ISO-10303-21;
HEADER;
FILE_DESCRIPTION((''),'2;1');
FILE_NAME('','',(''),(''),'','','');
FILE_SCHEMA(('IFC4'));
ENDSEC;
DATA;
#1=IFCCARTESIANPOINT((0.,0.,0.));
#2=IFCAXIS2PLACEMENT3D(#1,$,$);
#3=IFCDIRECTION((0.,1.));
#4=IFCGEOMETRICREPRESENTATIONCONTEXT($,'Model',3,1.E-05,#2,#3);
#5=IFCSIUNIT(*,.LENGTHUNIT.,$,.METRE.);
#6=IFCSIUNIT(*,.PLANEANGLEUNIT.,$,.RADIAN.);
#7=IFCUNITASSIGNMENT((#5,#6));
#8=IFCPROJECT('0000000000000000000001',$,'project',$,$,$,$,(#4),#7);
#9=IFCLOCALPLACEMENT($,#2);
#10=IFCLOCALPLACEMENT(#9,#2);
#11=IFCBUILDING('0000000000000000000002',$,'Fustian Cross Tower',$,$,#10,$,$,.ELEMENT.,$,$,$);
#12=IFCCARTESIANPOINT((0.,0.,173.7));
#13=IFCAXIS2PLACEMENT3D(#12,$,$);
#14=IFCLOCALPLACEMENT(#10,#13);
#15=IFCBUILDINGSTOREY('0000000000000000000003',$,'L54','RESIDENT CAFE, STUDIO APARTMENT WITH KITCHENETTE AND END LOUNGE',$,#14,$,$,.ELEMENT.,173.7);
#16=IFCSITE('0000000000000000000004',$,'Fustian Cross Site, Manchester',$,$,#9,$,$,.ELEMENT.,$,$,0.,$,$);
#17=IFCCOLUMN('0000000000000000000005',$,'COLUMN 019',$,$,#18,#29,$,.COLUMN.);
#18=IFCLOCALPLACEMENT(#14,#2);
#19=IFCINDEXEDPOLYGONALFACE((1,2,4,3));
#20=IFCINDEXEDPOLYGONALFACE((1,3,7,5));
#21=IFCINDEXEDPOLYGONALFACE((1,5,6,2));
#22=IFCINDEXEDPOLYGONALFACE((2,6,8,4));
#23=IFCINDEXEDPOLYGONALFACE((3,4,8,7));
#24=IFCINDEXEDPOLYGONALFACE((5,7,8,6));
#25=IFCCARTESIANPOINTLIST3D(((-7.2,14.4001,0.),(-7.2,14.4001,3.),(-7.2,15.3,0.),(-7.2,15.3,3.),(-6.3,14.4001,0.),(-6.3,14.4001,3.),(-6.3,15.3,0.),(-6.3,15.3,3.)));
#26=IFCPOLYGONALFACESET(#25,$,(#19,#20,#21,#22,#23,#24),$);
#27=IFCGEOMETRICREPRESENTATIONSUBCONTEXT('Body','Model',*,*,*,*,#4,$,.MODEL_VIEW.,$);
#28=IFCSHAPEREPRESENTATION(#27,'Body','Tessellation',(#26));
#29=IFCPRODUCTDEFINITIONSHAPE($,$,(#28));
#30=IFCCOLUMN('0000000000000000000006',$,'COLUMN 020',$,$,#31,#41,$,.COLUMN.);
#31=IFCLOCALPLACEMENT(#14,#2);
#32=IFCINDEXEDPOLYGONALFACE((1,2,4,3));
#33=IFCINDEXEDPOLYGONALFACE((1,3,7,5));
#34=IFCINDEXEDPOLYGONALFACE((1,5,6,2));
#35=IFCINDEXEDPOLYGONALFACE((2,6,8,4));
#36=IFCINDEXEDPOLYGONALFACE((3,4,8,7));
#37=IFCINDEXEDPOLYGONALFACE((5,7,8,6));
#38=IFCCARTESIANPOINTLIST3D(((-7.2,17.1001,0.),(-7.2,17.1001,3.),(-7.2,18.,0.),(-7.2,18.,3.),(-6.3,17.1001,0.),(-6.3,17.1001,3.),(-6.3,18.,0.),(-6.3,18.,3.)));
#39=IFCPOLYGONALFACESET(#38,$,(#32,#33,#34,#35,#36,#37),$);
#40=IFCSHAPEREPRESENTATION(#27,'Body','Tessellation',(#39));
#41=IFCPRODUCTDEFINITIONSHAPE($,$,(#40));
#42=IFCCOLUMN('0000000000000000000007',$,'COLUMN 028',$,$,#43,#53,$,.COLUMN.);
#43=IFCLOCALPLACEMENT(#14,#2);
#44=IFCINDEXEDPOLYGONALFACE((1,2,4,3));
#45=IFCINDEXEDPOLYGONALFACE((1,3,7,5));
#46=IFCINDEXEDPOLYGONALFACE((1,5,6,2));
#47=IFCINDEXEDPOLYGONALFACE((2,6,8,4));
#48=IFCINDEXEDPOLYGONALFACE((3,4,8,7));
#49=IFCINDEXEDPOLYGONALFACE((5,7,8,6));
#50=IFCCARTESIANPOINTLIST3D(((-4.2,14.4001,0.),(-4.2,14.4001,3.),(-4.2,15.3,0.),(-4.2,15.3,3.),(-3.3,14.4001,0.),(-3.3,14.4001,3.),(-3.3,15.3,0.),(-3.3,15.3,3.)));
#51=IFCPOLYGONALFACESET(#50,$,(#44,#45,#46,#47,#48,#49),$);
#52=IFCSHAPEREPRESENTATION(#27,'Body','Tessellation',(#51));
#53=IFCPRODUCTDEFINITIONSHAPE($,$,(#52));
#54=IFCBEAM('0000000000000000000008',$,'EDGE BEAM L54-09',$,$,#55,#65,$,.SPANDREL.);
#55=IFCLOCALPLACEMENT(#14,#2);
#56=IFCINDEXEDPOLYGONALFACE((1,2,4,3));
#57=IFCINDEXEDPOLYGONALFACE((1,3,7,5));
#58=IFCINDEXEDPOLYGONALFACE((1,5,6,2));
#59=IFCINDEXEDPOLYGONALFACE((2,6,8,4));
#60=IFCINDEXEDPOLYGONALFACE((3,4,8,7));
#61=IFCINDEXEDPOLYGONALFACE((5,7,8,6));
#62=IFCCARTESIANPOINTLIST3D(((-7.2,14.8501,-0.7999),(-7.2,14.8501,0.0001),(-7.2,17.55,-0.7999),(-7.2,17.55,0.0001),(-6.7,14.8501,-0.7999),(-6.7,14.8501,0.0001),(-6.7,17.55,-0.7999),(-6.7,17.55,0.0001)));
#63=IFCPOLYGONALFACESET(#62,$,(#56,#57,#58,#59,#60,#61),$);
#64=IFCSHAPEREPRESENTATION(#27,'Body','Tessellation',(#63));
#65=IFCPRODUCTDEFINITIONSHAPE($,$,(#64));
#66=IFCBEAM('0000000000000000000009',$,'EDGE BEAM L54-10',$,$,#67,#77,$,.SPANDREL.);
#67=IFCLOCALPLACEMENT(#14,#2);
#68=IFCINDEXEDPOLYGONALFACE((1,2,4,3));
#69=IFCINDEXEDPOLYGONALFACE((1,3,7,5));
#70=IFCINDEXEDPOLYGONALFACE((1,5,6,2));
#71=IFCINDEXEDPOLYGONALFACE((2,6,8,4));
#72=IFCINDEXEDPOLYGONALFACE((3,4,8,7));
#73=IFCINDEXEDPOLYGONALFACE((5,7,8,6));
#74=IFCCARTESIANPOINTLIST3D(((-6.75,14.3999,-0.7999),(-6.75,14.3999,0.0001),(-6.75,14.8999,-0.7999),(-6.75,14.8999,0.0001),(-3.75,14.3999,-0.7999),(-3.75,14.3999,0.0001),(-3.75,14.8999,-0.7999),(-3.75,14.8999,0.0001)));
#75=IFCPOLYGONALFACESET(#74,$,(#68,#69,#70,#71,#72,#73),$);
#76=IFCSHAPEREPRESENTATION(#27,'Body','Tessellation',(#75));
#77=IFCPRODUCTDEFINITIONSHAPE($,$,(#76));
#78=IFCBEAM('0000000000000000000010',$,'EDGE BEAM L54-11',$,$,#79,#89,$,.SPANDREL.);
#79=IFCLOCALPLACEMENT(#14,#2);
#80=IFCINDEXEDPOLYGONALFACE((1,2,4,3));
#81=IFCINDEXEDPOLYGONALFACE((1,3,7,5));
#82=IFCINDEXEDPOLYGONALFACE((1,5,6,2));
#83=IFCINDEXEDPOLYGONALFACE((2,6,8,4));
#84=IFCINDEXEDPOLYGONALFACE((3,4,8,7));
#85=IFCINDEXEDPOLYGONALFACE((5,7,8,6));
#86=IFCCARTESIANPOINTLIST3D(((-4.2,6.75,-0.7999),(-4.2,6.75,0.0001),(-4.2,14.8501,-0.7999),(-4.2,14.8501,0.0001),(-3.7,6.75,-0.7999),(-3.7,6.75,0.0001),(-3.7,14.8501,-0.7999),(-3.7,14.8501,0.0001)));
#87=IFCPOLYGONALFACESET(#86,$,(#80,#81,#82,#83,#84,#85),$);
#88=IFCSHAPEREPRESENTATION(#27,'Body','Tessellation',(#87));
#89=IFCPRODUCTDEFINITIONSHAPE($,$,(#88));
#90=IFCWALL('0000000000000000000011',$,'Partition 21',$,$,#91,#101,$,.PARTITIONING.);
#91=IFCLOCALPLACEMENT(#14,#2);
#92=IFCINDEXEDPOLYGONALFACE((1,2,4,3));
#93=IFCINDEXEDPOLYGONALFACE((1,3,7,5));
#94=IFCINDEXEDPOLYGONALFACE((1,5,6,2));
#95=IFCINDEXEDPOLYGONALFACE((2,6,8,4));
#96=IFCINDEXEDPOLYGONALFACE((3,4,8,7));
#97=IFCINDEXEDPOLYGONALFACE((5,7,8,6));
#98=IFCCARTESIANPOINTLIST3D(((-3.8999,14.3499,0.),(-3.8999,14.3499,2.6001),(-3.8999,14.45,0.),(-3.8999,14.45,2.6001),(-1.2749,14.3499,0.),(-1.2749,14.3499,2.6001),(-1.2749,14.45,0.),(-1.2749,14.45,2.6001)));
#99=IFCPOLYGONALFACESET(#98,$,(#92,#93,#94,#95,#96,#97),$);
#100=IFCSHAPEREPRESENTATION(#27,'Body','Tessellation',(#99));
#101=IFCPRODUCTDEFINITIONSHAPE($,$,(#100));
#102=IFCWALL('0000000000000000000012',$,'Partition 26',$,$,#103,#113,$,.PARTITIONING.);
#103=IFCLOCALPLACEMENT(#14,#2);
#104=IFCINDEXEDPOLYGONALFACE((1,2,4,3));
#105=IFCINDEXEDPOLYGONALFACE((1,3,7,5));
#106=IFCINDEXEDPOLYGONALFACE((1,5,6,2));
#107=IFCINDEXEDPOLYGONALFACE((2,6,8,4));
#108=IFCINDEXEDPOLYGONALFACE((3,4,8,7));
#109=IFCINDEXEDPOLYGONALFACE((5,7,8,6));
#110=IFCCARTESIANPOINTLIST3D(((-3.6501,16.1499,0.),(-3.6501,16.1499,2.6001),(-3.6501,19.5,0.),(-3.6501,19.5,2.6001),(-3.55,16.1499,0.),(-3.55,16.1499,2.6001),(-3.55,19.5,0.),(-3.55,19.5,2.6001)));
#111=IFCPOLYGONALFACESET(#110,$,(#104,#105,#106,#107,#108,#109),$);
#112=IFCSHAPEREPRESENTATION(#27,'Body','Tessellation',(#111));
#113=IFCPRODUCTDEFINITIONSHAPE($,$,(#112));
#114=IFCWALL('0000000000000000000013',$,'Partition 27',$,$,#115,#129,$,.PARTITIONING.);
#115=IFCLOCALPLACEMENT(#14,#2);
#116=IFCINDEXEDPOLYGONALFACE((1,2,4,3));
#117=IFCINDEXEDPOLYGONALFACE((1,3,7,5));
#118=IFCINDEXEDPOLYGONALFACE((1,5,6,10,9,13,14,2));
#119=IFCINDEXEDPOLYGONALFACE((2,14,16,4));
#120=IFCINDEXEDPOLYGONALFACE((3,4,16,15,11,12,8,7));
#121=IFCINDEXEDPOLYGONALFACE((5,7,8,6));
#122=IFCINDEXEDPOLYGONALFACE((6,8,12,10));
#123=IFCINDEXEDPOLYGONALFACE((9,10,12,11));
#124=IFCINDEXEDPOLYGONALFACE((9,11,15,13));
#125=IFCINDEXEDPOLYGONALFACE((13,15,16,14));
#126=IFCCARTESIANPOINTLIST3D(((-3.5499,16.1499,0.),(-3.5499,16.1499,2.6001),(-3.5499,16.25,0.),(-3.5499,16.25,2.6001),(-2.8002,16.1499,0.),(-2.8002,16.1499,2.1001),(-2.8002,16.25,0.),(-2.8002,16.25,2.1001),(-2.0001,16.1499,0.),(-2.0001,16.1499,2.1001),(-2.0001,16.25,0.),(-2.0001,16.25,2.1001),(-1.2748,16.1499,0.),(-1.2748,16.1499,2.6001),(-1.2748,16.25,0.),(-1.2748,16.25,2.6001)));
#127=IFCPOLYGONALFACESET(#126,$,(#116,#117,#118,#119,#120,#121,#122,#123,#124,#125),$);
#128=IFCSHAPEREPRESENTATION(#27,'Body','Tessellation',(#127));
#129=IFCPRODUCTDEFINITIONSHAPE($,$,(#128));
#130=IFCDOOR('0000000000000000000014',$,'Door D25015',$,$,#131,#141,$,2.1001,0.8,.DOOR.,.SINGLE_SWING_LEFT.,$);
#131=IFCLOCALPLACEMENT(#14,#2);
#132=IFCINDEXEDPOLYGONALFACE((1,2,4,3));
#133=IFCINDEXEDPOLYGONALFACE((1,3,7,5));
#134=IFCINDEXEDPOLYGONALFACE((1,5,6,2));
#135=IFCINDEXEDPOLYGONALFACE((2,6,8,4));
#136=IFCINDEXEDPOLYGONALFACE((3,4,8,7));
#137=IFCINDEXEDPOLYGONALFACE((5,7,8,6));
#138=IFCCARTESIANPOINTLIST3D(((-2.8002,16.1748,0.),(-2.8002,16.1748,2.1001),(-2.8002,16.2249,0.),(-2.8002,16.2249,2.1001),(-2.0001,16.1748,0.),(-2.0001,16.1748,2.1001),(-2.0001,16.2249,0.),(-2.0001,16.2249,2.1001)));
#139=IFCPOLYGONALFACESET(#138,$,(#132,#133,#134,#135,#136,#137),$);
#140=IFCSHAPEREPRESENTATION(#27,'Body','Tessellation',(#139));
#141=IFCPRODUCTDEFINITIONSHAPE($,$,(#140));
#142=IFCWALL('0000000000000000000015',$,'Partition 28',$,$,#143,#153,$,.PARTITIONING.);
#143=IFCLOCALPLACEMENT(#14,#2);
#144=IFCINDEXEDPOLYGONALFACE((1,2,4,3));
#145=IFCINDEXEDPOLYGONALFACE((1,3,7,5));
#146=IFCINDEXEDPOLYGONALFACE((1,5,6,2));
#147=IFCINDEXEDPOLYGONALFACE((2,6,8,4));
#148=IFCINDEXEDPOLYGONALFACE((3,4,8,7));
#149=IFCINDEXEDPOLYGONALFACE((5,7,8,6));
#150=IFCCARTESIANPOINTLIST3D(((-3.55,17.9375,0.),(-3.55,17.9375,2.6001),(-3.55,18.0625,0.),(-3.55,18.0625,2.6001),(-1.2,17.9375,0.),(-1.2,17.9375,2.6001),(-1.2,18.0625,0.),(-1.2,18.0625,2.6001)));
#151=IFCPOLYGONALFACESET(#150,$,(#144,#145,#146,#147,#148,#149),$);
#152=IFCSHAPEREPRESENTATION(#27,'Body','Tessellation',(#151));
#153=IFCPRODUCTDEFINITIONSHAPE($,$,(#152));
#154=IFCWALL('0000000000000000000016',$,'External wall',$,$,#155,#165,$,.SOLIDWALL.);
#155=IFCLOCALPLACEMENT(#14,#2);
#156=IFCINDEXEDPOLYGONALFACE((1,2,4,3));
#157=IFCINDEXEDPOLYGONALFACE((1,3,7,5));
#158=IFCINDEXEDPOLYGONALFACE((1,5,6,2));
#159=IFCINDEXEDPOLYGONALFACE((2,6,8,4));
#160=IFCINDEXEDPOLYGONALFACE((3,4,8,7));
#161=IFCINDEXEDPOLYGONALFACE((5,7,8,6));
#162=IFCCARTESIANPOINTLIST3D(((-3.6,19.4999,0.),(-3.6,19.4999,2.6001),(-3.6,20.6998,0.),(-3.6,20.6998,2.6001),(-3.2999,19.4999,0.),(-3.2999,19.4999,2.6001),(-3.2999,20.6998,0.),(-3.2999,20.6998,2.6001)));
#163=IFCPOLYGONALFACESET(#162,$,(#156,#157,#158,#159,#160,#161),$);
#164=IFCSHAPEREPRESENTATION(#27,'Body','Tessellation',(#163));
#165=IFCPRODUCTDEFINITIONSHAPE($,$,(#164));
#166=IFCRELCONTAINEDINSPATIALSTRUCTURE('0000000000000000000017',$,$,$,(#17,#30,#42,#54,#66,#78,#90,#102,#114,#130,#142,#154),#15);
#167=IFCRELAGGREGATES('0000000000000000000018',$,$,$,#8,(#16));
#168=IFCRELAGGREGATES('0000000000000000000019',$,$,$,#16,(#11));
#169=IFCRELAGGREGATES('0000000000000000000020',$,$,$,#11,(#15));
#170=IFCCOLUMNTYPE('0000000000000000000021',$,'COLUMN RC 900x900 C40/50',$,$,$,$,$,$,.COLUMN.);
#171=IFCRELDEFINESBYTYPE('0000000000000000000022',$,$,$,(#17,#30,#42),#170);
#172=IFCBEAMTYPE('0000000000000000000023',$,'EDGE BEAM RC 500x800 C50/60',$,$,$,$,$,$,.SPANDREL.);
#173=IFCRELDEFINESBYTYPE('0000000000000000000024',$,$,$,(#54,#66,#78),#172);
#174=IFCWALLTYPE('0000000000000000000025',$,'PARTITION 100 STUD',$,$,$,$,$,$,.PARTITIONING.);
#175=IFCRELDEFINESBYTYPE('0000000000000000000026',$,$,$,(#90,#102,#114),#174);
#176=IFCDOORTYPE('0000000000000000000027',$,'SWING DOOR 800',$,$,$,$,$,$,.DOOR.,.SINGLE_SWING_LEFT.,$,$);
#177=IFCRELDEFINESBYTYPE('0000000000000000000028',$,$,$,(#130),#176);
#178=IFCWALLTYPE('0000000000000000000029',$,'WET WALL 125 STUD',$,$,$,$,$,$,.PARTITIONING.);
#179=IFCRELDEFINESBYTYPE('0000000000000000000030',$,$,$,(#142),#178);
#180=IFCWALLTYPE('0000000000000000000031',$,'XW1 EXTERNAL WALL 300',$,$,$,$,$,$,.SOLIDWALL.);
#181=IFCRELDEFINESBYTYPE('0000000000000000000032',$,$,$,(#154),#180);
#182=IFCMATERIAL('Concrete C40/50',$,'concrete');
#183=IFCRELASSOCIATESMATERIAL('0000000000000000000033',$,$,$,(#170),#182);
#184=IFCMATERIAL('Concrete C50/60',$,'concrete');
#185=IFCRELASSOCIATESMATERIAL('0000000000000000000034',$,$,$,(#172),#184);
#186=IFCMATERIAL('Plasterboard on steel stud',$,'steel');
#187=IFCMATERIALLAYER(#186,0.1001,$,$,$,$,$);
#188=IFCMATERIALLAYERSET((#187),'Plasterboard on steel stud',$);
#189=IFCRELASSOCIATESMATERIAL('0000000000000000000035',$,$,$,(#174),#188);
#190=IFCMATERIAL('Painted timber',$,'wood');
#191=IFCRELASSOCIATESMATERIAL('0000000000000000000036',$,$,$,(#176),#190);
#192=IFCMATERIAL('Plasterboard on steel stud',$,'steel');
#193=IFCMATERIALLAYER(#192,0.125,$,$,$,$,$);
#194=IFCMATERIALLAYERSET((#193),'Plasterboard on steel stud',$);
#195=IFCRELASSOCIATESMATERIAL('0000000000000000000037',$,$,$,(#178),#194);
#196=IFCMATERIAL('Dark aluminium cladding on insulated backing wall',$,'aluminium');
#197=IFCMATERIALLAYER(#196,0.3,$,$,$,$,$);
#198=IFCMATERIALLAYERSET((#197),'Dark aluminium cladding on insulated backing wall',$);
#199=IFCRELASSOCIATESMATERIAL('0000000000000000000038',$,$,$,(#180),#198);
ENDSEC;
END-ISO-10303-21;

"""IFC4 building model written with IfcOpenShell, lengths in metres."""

from ifc_helpers import new_model, si_unit, direction, frame, frame_2d, origin, origin_2d, place, context, subcontext, project, spatial, rectangle, extrude, material, layer, layer_set, material_profile, profile_set, type_object, element, fill, save


model = new_model("IFC4")

# Units and contexts
model_context = context("Model", 3, precision=1e-05, world=origin(), true_north=direction((0.0, 1.0)))
body_context = subcontext(model_context, "Body", "Model", "MODEL_VIEW")
ifc_project = project(units=[si_unit("LENGTHUNIT", "METRE"), si_unit("PLANEANGLEUNIT", "RADIAN")], contexts=[model_context])

# Site, building, storey
site_placement = place(None, origin())
site = spatial("IfcSite", under=ifc_project, at=site_placement, Name="Fustian Cross Site, Manchester", CompositionType="ELEMENT", RefElevation=0.0)
building_placement = place(site_placement, origin())
building = spatial("IfcBuilding", under=site, at=building_placement, Name="Fustian Cross Tower", CompositionType="ELEMENT")
storey_placement = place(building_placement, frame((0.0, 0.0, 173.7)))
storey = spatial("IfcBuildingStorey", under=building, at=storey_placement, Name="L54", Description="RESIDENT CAFE, STUDIO APARTMENT WITH KITCHENETTE AND END LOUNGE", CompositionType="ELEMENT", Elevation=173.7)

# Columns
ifc_material_1 = material(Name="Concrete C40/50", Category="concrete")
ifc_material_profile_1 = material_profile(ifc_material_1, rectangle(XDim=0.8999, YDim=0.8999, at=origin_2d()), Name="RC 900x900")
ifc_profile_set_1 = profile_set([ifc_material_profile_1], Name="Concrete C40/50")
column_type = type_object("IfcColumnType", Name="COLUMN RC 900x900 C40/50", PredefinedType="COLUMN", material=ifc_profile_set_1)
for number, where, z_axis, x_axis, name in (
    (1, (-6.75, 14.8501, 0.0), (0.0, 0.0, 1.0), (1.0, 0.0, 0.0), "COLUMN 019"),
    (2, (-6.75, 17.55, 0.0), (0.0, 0.0, 1.0), (1.0, 0.0, 0.0), "COLUMN 020"),
    (3, (-3.75, 14.8501, 0.0), (0.0, 0.0, 1.0), (1.0, 0.0, 0.0), "COLUMN 028"),
):
    element("IfcColumn", number, at=place(storey_placement, frame(where, z_axis=z_axis, x_axis=x_axis)), inside=storey, type_object=column_type, Name=name, PredefinedType="COLUMN", context=body_context, shape_type="SweptSolid", body=[
        extrude(rectangle(XDim=0.8999, YDim=0.8999, at=origin_2d()), origin(), (0.0, 0.0, 1.0), 3.0),
    ])

# Beams
ifc_material_2 = material(Name="Concrete C50/60", Category="concrete")
ifc_material_profile_2 = material_profile(ifc_material_2, rectangle(XDim=0.5, YDim=0.8, at=origin_2d()), Name="RC 500x800")
ifc_profile_set_2 = profile_set([ifc_material_profile_2], Name="Concrete C50/60")
beam_type = type_object("IfcBeamType", Name="EDGE BEAM RC 500x800 C50/60", PredefinedType="SPANDREL", material=ifc_profile_set_2)
beam_1_placement = place(storey_placement, frame((-6.95, 17.55, -0.3999), z_axis=(0.0, -1.0, 0.0), x_axis=(1.0, 0.0, 0.0)))
element("IfcBeam", 4, at=beam_1_placement, inside=storey, type_object=beam_type, Name="EDGE BEAM L54-09", PredefinedType="SPANDREL", context=body_context, shape_type="SweptSolid", body=[
    extrude(rectangle(XDim=0.5, YDim=0.8, at=origin_2d()), origin(), (0.0, 0.0, 1.0), 2.7),
])
beam_2_placement = place(storey_placement, frame((-6.75, 14.6499, -0.3999), z_axis=(1.0, 0.0, 0.0), x_axis=(0.0, 1.0, 0.0)))
element("IfcBeam", 5, at=beam_2_placement, inside=storey, type_object=beam_type, Name="EDGE BEAM L54-10", PredefinedType="SPANDREL", context=body_context, shape_type="SweptSolid", body=[
    extrude(rectangle(XDim=0.5, YDim=0.8, at=origin_2d()), origin(), (0.0, 0.0, 1.0), 3.0),
])
beam_3_placement = place(storey_placement, frame((-3.95, 14.8501, -0.3999), z_axis=(0.0, -1.0, 0.0), x_axis=(1.0, 0.0, 0.0)))
element("IfcBeam", 6, at=beam_3_placement, inside=storey, type_object=beam_type, Name="EDGE BEAM L54-11", PredefinedType="SPANDREL", context=body_context, shape_type="SweptSolid", body=[
    extrude(rectangle(XDim=0.5, YDim=0.8, at=origin_2d()), origin(), (0.0, 0.0, 1.0), 8.1001),
])

# Walls
ifc_material_3 = material(Name="Plasterboard on steel stud", Category="steel")
ifc_layer_1 = layer(ifc_material_3, 0.1001)
ifc_layer_set_1 = layer_set([ifc_layer_1], Name="Plasterboard on steel stud")
wall_type_1 = type_object("IfcWallType", Name="PARTITION 100 STUD", PredefinedType="PARTITIONING", material=ifc_layer_set_1)
wall_1_placement = place(storey_placement, frame((-3.8999, 14.3999, 0.0), z_axis=(0.0, 0.0, 1.0), x_axis=(1.0, 0.0, 0.0)))
element("IfcWall", 7, at=wall_1_placement, inside=storey, type_object=wall_type_1, Name="Partition 21", PredefinedType="PARTITIONING", context=body_context, shape_type="SweptSolid", body=[
    extrude(rectangle(XDim=2.625, YDim=0.1001, at=frame_2d((1.3125, 0.0))), origin(), (0.0, 0.0, 1.0), 2.6001),
])
wall_2_placement = place(storey_placement, frame((-3.6001, 16.1499, 0.0), z_axis=(0.0, 0.0, 1.0), x_axis=(0.0, 1.0, 0.0)))
element("IfcWall", 8, at=wall_2_placement, inside=storey, type_object=wall_type_1, Name="Partition 26", PredefinedType="PARTITIONING", context=body_context, shape_type="SweptSolid", body=[
    extrude(rectangle(XDim=3.3501, YDim=0.1001, at=frame_2d((1.675, 0.0))), origin(), (0.0, 0.0, 1.0), 2.6001),
])

# Wall, opening, door
wall_3_placement = place(storey_placement, frame((-3.55, 16.2, 0.0), z_axis=(0.0, 0.0, 1.0), x_axis=(1.0, 0.0, 0.0)))
wall_3 = element("IfcWall", 9, at=wall_3_placement, inside=storey, type_object=wall_type_1, Name="Partition 27", PredefinedType="PARTITIONING", context=body_context, shape_type="SweptSolid", body=[
    extrude(rectangle(XDim=2.2751, YDim=0.1001, at=frame_2d((1.1377, 0.0))), origin(), (0.0, 0.0, 1.0), 2.6001),
])
opening_1_placement = place(wall_3_placement, frame((0.75, 0.0, 0.0)))
opening_1 = element("IfcOpeningElement", 10, at=opening_1_placement, cuts=wall_3, PredefinedType="OPENING", context=body_context, shape_type="SweptSolid", body=[
    extrude(rectangle(XDim=0.8, YDim=2.1001, at=frame_2d((0.3999, 1.05))), frame((0.0, 0.0601, 0.0), z_axis=(0.0, -1.0, 0.0), x_axis=(1.0, 0.0, 0.0)), (0.0, 0.0, 1.0), 0.1201),
])
ifc_material_4 = material(Name="Painted timber", Category="wood")
door_type_1 = type_object("IfcDoorType", Name="SWING DOOR 800", OperationType="SINGLE_SWING_LEFT", PredefinedType="DOOR", material=ifc_material_4)
door_1_placement = place(opening_1_placement, origin())
door_1 = element("IfcDoor", 11, at=door_1_placement, inside=storey, type_object=door_type_1, Name="Door D25015", OperationType="SINGLE_SWING_LEFT", OverallHeight=2.1001, OverallWidth=0.8, PredefinedType="DOOR", context=body_context, shape_type="SweptSolid", body=[
    extrude(rectangle(XDim=0.8, YDim=2.1001, at=frame_2d((0.3999, 1.05))), frame((0.0, 0.0249, 0.0), z_axis=(0.0, -1.0, 0.0), x_axis=(1.0, 0.0, 0.0)), (0.0, 0.0, 1.0), 0.05),
])
fill(opening_1, door_1)

# Walls
ifc_material_5 = material(Name="Plasterboard on steel stud", Category="steel")
ifc_layer_2 = layer(ifc_material_5, 0.125)
ifc_layer_set_2 = layer_set([ifc_layer_2], Name="Plasterboard on steel stud")
wall_type_2 = type_object("IfcWallType", Name="WET WALL 125 STUD", PredefinedType="PARTITIONING", material=ifc_layer_set_2)
wall_4_placement = place(storey_placement, frame((-3.55, 18.0, 0.0), z_axis=(0.0, 0.0, 1.0), x_axis=(1.0, 0.0, 0.0)))
element("IfcWall", 12, at=wall_4_placement, inside=storey, type_object=wall_type_2, Name="Partition 28", PredefinedType="PARTITIONING", context=body_context, shape_type="SweptSolid", body=[
    extrude(rectangle(XDim=2.3501, YDim=0.125, at=frame_2d((1.175, 0.0))), origin(), (0.0, 0.0, 1.0), 2.6001),
])
ifc_material_6 = material(Name="Dark aluminium cladding on insulated backing wall", Category="aluminium")
ifc_layer_3 = layer(ifc_material_6, 0.3)
ifc_layer_set_3 = layer_set([ifc_layer_3], Name="Dark aluminium cladding on insulated backing wall")
wall_type_3 = type_object("IfcWallType", Name="XW1 EXTERNAL WALL 300", PredefinedType="SOLIDWALL", material=ifc_layer_set_3)
wall_5_placement = place(storey_placement, frame((-3.45, 20.7, 0.0), z_axis=(0.0, 0.0, 1.0), x_axis=(0.0, -1.0, 0.0)))
element("IfcWall", 13, at=wall_5_placement, inside=storey, type_object=wall_type_3, Name="External wall", PredefinedType="SOLIDWALL", context=body_context, shape_type="SweptSolid", body=[
    extrude(rectangle(XDim=1.2, YDim=0.3, at=frame_2d((0.6001, 0.0))), origin(), (0.0, 0.0, 1.0), 2.6001),
])

save(model, "model.ifc")
